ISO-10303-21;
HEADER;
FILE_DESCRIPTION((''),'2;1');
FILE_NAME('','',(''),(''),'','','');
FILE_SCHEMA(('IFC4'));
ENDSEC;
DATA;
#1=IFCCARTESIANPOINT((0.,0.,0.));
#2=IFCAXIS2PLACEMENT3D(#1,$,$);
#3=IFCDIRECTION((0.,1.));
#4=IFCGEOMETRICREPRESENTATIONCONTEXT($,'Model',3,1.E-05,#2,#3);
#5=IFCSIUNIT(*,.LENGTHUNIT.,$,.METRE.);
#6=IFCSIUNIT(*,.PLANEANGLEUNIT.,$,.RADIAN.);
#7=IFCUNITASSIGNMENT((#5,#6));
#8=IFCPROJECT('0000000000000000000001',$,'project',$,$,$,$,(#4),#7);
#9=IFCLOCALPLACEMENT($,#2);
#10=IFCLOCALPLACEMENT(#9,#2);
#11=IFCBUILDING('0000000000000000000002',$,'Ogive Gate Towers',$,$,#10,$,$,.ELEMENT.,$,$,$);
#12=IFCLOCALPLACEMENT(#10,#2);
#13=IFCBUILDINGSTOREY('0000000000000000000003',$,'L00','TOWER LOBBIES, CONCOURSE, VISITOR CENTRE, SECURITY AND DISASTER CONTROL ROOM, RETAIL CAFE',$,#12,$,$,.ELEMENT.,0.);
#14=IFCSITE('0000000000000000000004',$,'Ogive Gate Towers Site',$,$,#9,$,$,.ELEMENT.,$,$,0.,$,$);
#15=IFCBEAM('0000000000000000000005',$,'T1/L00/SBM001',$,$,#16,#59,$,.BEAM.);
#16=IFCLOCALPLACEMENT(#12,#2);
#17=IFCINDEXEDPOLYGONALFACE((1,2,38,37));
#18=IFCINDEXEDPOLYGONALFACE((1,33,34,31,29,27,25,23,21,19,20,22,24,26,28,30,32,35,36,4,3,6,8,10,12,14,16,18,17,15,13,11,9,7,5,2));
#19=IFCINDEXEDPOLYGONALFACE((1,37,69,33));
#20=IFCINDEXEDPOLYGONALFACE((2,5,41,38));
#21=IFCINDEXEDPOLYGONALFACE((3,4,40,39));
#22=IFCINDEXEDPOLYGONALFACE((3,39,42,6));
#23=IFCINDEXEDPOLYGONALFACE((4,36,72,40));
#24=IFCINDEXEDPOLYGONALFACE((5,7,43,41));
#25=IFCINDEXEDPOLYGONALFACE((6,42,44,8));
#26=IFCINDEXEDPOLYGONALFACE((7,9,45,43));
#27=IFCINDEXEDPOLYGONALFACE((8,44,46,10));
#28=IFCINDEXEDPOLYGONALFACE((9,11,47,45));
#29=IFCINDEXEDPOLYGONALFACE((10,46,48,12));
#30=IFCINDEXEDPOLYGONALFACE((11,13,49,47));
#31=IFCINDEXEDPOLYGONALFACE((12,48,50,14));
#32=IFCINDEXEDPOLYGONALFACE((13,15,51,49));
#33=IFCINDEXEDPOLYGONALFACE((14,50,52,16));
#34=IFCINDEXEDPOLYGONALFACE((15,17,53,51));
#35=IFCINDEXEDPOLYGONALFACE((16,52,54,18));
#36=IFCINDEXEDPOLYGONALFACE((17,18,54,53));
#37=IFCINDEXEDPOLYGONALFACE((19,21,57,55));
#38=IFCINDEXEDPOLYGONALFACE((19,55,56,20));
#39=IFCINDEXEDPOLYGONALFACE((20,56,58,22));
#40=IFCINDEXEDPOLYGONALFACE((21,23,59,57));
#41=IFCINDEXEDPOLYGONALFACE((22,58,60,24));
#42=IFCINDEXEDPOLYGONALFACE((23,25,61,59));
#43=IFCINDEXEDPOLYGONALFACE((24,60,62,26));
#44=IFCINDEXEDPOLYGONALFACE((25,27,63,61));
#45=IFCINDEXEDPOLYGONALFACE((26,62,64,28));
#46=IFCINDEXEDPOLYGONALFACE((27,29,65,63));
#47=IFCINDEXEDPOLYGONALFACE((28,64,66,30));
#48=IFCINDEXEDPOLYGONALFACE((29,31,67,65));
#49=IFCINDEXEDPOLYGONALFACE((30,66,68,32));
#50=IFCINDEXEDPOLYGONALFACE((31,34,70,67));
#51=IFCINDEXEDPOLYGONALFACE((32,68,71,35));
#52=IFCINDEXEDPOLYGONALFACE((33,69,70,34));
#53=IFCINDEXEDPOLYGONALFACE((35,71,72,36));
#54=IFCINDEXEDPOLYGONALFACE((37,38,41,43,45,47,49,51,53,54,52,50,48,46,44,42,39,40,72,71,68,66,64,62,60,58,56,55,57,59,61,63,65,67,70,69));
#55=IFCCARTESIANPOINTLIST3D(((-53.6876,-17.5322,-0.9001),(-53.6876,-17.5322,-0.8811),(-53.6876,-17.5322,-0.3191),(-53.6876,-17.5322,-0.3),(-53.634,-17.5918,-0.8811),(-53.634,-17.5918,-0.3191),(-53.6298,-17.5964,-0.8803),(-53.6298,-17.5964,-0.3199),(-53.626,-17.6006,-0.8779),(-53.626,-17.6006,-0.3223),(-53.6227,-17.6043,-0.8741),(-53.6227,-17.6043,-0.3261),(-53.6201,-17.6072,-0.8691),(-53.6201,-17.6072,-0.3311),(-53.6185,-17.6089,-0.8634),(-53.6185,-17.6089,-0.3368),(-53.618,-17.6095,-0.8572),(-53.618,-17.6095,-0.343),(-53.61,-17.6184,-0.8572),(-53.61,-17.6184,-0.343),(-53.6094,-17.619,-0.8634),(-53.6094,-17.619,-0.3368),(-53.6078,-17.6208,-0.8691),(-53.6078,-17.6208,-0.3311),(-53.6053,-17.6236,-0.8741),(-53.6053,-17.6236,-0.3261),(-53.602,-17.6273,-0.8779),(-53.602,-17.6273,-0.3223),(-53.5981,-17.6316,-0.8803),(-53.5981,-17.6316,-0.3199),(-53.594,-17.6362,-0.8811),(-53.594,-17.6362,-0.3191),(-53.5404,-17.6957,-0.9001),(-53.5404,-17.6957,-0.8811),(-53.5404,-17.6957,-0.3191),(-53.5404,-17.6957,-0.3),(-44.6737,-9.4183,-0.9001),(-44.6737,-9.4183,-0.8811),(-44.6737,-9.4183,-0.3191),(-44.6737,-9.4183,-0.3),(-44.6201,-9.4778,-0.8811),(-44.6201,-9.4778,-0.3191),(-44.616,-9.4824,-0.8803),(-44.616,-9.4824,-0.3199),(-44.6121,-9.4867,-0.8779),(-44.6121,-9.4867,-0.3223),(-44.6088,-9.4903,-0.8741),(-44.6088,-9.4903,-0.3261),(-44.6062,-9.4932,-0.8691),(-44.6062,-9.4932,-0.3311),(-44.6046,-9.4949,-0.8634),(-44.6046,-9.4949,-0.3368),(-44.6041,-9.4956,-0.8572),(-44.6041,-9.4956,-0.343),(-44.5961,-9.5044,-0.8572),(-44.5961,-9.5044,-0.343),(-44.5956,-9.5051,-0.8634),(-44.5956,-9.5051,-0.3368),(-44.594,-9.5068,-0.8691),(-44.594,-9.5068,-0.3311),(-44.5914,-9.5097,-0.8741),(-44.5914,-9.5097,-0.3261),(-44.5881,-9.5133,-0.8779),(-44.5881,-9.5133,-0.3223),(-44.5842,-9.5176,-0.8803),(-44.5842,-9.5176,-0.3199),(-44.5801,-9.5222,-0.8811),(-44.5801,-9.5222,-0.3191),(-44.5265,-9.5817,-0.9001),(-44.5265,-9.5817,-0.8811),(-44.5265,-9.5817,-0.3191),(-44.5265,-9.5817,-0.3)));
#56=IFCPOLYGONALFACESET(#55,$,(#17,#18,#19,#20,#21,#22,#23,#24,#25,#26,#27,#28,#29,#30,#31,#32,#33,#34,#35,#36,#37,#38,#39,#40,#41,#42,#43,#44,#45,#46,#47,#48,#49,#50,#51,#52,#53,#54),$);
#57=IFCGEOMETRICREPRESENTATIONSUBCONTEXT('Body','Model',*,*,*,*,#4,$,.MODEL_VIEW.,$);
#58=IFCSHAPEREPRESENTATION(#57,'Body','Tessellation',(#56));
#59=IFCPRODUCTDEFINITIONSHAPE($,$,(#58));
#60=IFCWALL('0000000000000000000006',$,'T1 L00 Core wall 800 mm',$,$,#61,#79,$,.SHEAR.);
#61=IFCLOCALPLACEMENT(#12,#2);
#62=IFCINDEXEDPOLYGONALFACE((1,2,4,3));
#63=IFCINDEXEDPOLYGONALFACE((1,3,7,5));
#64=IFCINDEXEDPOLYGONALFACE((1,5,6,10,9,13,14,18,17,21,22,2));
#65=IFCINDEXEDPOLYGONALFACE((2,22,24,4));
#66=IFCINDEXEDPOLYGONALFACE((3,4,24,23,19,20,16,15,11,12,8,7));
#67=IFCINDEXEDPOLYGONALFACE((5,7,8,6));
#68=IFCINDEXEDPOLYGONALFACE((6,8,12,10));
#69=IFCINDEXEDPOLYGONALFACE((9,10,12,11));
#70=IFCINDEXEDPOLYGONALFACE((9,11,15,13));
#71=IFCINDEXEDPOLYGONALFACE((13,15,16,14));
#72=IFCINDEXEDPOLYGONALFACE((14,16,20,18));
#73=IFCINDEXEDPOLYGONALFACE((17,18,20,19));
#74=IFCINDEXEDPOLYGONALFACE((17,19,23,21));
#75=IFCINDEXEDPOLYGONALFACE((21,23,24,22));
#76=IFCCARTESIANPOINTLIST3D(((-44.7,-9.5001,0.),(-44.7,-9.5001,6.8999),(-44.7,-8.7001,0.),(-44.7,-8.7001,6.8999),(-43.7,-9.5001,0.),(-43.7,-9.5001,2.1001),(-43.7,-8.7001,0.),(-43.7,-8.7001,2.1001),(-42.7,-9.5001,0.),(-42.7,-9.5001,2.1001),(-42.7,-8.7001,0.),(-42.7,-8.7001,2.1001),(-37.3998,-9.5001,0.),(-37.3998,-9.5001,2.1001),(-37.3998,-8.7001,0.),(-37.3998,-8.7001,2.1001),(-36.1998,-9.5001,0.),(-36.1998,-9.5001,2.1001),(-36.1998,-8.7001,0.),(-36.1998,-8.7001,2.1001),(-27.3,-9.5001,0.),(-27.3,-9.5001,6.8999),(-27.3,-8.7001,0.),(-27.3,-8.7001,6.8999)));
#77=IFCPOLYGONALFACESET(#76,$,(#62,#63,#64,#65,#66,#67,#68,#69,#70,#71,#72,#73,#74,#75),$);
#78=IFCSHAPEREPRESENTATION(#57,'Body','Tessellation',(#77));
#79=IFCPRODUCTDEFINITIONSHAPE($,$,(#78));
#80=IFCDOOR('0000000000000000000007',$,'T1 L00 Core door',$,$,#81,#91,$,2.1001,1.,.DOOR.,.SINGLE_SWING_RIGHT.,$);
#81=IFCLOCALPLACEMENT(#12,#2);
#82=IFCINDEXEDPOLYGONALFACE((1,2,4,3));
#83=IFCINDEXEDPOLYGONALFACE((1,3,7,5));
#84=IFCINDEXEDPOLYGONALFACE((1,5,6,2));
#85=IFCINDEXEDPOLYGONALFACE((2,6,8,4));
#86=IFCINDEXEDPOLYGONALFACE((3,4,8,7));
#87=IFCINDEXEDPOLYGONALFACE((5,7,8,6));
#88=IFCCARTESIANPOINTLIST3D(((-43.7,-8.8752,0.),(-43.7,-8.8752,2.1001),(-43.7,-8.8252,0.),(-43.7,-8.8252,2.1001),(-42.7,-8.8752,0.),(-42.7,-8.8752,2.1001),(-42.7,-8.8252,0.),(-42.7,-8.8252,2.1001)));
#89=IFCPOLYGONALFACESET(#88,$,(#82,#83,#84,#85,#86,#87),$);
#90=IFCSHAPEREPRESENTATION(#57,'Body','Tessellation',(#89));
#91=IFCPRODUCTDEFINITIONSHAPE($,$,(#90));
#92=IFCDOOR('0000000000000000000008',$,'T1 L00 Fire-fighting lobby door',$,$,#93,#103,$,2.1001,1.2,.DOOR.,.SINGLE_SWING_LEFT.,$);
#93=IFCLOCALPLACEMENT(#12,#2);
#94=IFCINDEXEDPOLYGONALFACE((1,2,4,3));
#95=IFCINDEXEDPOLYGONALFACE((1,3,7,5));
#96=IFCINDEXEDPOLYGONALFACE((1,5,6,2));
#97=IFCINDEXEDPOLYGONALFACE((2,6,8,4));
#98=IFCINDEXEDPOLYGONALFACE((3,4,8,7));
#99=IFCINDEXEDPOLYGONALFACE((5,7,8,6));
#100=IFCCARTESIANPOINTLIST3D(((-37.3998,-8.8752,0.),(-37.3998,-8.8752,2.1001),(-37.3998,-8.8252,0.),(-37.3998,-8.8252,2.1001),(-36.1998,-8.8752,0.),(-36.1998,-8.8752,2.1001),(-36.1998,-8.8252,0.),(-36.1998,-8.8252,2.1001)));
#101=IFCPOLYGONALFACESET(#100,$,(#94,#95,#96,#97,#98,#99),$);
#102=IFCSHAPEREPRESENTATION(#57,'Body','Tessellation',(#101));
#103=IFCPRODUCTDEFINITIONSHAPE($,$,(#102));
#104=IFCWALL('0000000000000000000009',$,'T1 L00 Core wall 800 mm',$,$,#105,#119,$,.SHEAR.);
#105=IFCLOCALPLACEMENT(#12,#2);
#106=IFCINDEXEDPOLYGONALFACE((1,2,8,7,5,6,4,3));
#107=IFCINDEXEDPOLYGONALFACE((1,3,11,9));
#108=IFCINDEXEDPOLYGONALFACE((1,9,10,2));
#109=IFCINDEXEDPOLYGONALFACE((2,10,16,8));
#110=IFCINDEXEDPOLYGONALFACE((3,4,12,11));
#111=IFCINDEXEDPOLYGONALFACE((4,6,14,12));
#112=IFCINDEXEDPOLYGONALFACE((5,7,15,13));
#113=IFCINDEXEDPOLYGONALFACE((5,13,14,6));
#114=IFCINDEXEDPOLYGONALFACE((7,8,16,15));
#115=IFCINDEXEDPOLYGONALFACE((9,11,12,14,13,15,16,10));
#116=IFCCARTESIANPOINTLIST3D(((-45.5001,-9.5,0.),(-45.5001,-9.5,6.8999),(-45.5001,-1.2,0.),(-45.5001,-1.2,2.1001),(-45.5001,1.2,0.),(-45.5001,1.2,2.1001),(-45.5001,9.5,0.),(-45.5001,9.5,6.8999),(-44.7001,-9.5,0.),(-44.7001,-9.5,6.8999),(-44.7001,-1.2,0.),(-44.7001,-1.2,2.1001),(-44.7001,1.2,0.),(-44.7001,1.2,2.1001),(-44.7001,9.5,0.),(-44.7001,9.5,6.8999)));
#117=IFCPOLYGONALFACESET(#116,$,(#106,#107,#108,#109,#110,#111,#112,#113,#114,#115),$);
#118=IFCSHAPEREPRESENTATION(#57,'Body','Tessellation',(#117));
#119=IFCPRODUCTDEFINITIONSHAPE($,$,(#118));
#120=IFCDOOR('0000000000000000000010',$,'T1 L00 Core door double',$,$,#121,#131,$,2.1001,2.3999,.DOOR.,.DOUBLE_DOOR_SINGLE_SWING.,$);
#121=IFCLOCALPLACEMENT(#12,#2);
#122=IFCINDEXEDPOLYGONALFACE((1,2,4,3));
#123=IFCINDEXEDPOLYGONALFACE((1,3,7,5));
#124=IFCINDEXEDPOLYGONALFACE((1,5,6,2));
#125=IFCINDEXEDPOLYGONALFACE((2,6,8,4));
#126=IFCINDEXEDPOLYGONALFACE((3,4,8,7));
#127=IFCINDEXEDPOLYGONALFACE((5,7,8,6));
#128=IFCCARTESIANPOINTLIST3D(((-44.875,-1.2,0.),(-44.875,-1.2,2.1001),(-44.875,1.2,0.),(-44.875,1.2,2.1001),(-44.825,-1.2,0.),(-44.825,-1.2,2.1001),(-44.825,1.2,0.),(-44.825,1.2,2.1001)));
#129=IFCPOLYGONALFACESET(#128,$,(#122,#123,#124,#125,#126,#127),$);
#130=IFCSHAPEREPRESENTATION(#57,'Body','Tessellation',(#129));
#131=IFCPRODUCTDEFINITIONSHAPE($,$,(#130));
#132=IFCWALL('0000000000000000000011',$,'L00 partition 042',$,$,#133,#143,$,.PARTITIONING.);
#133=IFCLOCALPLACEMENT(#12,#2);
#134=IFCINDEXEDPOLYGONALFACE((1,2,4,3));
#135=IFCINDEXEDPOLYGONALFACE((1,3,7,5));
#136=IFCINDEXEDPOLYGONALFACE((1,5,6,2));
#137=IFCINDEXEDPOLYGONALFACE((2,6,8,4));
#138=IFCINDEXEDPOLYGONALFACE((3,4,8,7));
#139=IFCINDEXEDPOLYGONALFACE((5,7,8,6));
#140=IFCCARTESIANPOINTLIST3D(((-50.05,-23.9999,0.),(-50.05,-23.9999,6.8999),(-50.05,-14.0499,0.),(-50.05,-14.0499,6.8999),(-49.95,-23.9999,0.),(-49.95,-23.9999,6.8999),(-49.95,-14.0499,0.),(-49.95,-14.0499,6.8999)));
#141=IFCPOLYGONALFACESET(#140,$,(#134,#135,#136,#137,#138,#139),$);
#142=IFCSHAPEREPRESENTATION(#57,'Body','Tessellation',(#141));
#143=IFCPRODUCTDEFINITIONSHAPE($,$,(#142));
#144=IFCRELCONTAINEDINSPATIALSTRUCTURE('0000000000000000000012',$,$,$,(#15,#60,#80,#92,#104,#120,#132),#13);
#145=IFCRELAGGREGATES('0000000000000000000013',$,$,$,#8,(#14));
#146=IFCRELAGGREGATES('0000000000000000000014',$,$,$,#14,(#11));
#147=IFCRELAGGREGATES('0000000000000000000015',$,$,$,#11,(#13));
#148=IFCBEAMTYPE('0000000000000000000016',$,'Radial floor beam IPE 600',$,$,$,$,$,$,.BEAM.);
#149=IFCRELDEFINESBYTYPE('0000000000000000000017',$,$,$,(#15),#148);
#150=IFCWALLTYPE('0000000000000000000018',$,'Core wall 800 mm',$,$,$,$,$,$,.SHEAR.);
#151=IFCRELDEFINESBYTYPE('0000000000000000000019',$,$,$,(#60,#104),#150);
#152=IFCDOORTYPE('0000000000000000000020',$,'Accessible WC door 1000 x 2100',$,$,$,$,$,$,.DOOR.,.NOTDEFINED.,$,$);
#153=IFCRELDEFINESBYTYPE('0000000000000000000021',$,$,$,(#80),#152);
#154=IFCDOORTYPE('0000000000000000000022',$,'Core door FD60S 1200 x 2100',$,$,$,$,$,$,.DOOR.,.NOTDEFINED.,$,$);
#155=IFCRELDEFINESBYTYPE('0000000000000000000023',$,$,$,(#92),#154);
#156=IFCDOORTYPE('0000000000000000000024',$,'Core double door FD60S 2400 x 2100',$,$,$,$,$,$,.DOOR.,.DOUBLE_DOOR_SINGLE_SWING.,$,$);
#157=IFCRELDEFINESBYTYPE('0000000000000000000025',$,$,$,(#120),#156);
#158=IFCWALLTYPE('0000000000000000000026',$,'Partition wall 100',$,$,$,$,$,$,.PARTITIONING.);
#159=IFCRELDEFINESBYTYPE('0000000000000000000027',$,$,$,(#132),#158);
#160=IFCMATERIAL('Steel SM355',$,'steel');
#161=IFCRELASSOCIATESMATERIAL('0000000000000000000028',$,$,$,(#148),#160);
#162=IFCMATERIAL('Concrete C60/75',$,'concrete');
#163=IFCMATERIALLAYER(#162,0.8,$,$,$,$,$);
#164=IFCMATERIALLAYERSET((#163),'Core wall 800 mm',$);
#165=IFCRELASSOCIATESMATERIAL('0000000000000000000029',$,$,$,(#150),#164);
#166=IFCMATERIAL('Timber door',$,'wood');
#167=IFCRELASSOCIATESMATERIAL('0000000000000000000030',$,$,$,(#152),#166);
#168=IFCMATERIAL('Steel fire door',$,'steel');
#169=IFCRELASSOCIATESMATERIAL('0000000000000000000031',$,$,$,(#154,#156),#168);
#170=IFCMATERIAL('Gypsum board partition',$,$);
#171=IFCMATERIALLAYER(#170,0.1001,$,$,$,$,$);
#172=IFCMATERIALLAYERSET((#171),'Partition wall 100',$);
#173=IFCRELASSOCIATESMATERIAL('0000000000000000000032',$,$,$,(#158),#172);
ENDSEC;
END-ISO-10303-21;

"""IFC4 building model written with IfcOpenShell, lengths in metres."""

from ifc_helpers import new_model, si_unit, direction, frame, frame_2d, origin, origin_2d, place, context, subcontext, project, spatial, rectangle, i_section, extrude, material, layer, layer_set, material_profile, profile_set, type_object, element, fill, save


model = new_model("IFC4")

# Units and contexts
model_context = context("Model", 3, precision=1e-05, world=origin(), true_north=direction((0.0, 1.0)))
body_context = subcontext(model_context, "Body", "Model", "MODEL_VIEW")
ifc_project = project(units=[si_unit("LENGTHUNIT", "METRE"), si_unit("PLANEANGLEUNIT", "RADIAN")], contexts=[model_context])

# Site, building, storey
site_placement = place(None, origin())
site = spatial("IfcSite", under=ifc_project, at=site_placement, Name="Ogive Gate Towers Site", CompositionType="ELEMENT", RefElevation=0.0)
building_placement = place(site_placement, origin())
building = spatial("IfcBuilding", under=site, at=building_placement, Name="Ogive Gate Towers", CompositionType="ELEMENT")
storey_placement = place(building_placement, origin())
storey = spatial("IfcBuildingStorey", under=building, at=storey_placement, Name="L00", Description="TOWER LOBBIES, CONCOURSE, VISITOR CENTRE, SECURITY AND DISASTER CONTROL ROOM, RETAIL CAFE", CompositionType="ELEMENT", Elevation=0.0)

# Beam
ifc_material_1 = material(Name="Steel SM355", Category="steel")
ifc_material_profile_1 = material_profile(ifc_material_1, i_section(OverallWidth=0.22, OverallDepth=0.6001, WebThickness=0.012, FlangeThickness=0.019, FilletRadius=0.0239, at=origin_2d()), Name="IPE 600")
ifc_profile_set_1 = profile_set([ifc_material_profile_1], Name="Steel SM355")
beam_type_1 = type_object("IfcBeamType", Name="Radial floor beam IPE 600", PredefinedType="BEAM", material=ifc_profile_set_1)
beam_1_placement = place(storey_placement, frame((-44.6001, -9.5, -0.6001), z_axis=(-0.743233, -0.669033, 0.0), x_axis=(0.669033, -0.743233, 0.0)))
element("IfcBeam", 1, at=beam_1_placement, inside=storey, type_object=beam_type_1, Name="T1/L00/SBM001", PredefinedType="BEAM", context=body_context, shape_type="SweptSolid", body=[
    extrude(i_section(OverallWidth=0.22, OverallDepth=0.6001, WebThickness=0.012, FlangeThickness=0.019, FilletRadius=0.0239, at=origin_2d()), origin(), (0.0, 0.0, 1.0), 12.1279),
])

# Wall, openings, doors
ifc_material_2 = material(Name="Concrete C60/75", Category="concrete")
ifc_layer_1 = layer(ifc_material_2, 0.8)
ifc_layer_set_1 = layer_set([ifc_layer_1], Name="Core wall 800 mm")
wall_type_1 = type_object("IfcWallType", Name="Core wall 800 mm", PredefinedType="SHEAR", material=ifc_layer_set_1)
wall_1_placement = place(storey_placement, frame((-44.7, -9.1001, 0.0), z_axis=(0.0, 0.0, 1.0), x_axis=(1.0, 0.0, 0.0)))
wall_1 = element("IfcWall", 2, at=wall_1_placement, inside=storey, type_object=wall_type_1, Name="T1 L00 Core wall 800 mm", PredefinedType="SHEAR", context=body_context, shape_type="SweptSolid", body=[
    extrude(rectangle(XDim=17.3999, YDim=0.8, at=frame_2d((8.7, 0.0))), origin(), (0.0, 0.0, 1.0), 6.8999),
])
opening_1_placement = place(wall_1_placement, frame((7.3, 0.0, 0.0)))
opening_1 = element("IfcOpeningElement", 3, at=opening_1_placement, cuts=wall_1, PredefinedType="OPENING", context=body_context, shape_type="SweptSolid", body=[
    extrude(rectangle(XDim=1.2, YDim=2.1001, at=frame_2d((0.6001, 1.05))), frame((0.0, 0.4102, 0.0), z_axis=(0.0, -1.0, 0.0), x_axis=(1.0, 0.0, 0.0)), (0.0, 0.0, 1.0), 0.8201),
])
opening_2_placement = place(wall_1_placement, frame((1.0, 0.0, 0.0)))
opening_2 = element("IfcOpeningElement", 4, at=opening_2_placement, cuts=wall_1, PredefinedType="OPENING", context=body_context, shape_type="SweptSolid", body=[
    extrude(rectangle(XDim=1.0, YDim=2.1001, at=frame_2d((0.5, 1.05))), frame((0.0, 0.4102, 0.0), z_axis=(0.0, -1.0, 0.0), x_axis=(1.0, 0.0, 0.0)), (0.0, 0.0, 1.0), 0.8201),
])
ifc_material_3 = material(Name="Timber door", Category="wood")
door_type_1 = type_object("IfcDoorType", Name="Accessible WC door 1000 x 2100", OperationType="NOTDEFINED", PredefinedType="DOOR", material=ifc_material_3)
door_1_placement = place(opening_2_placement, origin())
door_1 = element("IfcDoor", 5, at=door_1_placement, inside=storey, type_object=door_type_1, Name="T1 L00 Core door", OperationType="SINGLE_SWING_RIGHT", OverallHeight=2.1001, OverallWidth=1.0, PredefinedType="DOOR", context=body_context, shape_type="SweptSolid", body=[
    extrude(rectangle(XDim=1.0, YDim=2.1001, at=frame_2d((0.5, 1.05))), frame((0.0, 0.2749, 0.0), z_axis=(0.0, -1.0, 0.0), x_axis=(1.0, 0.0, 0.0)), (0.0, 0.0, 1.0), 0.05),
])
fill(opening_2, door_1)
ifc_material_4 = material(Name="Steel fire door", Category="steel")
door_type_2 = type_object("IfcDoorType", Name="Core door FD60S 1200 x 2100", OperationType="NOTDEFINED", PredefinedType="DOOR", material=ifc_material_4)
door_2_placement = place(opening_1_placement, origin())
door_2 = element("IfcDoor", 6, at=door_2_placement, inside=storey, type_object=door_type_2, Name="T1 L00 Fire-fighting lobby door", OperationType="SINGLE_SWING_LEFT", OverallHeight=2.1001, OverallWidth=1.2, PredefinedType="DOOR", context=body_context, shape_type="SweptSolid", body=[
    extrude(rectangle(XDim=1.2, YDim=2.1001, at=frame_2d((0.6001, 1.05))), frame((0.0, 0.2749, 0.0), z_axis=(0.0, -1.0, 0.0), x_axis=(1.0, 0.0, 0.0)), (0.0, 0.0, 1.0), 0.05),
])
fill(opening_1, door_2)

# Wall, opening, door
wall_2_placement = place(storey_placement, frame((-45.1001, -9.5, 0.0), z_axis=(0.0, 0.0, 1.0), x_axis=(0.0, 1.0, 0.0)))
wall_2 = element("IfcWall", 7, at=wall_2_placement, inside=storey, type_object=wall_type_1, Name="T1 L00 Core wall 800 mm", PredefinedType="SHEAR", context=body_context, shape_type="SweptSolid", body=[
    extrude(rectangle(XDim=19.0, YDim=0.8, at=frame_2d((9.5, 0.0))), origin(), (0.0, 0.0, 1.0), 6.8999),
])
opening_3_placement = place(wall_2_placement, frame((8.3, 0.0, 0.0)))
opening_3 = element("IfcOpeningElement", 8, at=opening_3_placement, cuts=wall_2, PredefinedType="OPENING", context=body_context, shape_type="SweptSolid", body=[
    extrude(rectangle(XDim=2.3999, YDim=2.1001, at=frame_2d((1.2, 1.05))), frame((0.0, 0.4102, 0.0), z_axis=(0.0, -1.0, 0.0), x_axis=(1.0, 0.0, 0.0)), (0.0, 0.0, 1.0), 0.8201),
])
door_type_3 = type_object("IfcDoorType", Name="Core double door FD60S 2400 x 2100", OperationType="DOUBLE_DOOR_SINGLE_SWING", PredefinedType="DOOR", material=ifc_material_4)
door_3_placement = place(opening_3_placement, origin())
door_3 = element("IfcDoor", 9, at=door_3_placement, inside=storey, type_object=door_type_3, Name="T1 L00 Core door double", OperationType="DOUBLE_DOOR_SINGLE_SWING", OverallHeight=2.1001, OverallWidth=2.3999, PredefinedType="DOOR", context=body_context, shape_type="SweptSolid", body=[
    extrude(rectangle(XDim=2.3999, YDim=2.1001, at=frame_2d((1.2, 1.05))), frame((0.0, -0.2251, 0.0), z_axis=(0.0, -1.0, 0.0), x_axis=(1.0, 0.0, 0.0)), (0.0, 0.0, 1.0), 0.05),
])
fill(opening_3, door_3)

# Wall
ifc_material_5 = material(Name="Gypsum board partition")
ifc_layer_2 = layer(ifc_material_5, 0.1001)
ifc_layer_set_2 = layer_set([ifc_layer_2], Name="Partition wall 100")
wall_type_2 = type_object("IfcWallType", Name="Partition wall 100", PredefinedType="PARTITIONING", material=ifc_layer_set_2)
wall_3_placement = place(storey_placement, frame((-50.0, -24.0, 0.0), z_axis=(0.0, 0.0, 1.0), x_axis=(0.0, 1.0, 0.0)))
element("IfcWall", 10, at=wall_3_placement, inside=storey, type_object=wall_type_2, Name="L00 partition 042", PredefinedType="PARTITIONING", context=body_context, shape_type="SweptSolid", body=[
    extrude(rectangle(XDim=9.95, YDim=0.1001, at=frame_2d((4.9751, 0.0))), origin(), (0.0, 0.0, 1.0), 6.8999),
])

save(model, "model.ifc")
